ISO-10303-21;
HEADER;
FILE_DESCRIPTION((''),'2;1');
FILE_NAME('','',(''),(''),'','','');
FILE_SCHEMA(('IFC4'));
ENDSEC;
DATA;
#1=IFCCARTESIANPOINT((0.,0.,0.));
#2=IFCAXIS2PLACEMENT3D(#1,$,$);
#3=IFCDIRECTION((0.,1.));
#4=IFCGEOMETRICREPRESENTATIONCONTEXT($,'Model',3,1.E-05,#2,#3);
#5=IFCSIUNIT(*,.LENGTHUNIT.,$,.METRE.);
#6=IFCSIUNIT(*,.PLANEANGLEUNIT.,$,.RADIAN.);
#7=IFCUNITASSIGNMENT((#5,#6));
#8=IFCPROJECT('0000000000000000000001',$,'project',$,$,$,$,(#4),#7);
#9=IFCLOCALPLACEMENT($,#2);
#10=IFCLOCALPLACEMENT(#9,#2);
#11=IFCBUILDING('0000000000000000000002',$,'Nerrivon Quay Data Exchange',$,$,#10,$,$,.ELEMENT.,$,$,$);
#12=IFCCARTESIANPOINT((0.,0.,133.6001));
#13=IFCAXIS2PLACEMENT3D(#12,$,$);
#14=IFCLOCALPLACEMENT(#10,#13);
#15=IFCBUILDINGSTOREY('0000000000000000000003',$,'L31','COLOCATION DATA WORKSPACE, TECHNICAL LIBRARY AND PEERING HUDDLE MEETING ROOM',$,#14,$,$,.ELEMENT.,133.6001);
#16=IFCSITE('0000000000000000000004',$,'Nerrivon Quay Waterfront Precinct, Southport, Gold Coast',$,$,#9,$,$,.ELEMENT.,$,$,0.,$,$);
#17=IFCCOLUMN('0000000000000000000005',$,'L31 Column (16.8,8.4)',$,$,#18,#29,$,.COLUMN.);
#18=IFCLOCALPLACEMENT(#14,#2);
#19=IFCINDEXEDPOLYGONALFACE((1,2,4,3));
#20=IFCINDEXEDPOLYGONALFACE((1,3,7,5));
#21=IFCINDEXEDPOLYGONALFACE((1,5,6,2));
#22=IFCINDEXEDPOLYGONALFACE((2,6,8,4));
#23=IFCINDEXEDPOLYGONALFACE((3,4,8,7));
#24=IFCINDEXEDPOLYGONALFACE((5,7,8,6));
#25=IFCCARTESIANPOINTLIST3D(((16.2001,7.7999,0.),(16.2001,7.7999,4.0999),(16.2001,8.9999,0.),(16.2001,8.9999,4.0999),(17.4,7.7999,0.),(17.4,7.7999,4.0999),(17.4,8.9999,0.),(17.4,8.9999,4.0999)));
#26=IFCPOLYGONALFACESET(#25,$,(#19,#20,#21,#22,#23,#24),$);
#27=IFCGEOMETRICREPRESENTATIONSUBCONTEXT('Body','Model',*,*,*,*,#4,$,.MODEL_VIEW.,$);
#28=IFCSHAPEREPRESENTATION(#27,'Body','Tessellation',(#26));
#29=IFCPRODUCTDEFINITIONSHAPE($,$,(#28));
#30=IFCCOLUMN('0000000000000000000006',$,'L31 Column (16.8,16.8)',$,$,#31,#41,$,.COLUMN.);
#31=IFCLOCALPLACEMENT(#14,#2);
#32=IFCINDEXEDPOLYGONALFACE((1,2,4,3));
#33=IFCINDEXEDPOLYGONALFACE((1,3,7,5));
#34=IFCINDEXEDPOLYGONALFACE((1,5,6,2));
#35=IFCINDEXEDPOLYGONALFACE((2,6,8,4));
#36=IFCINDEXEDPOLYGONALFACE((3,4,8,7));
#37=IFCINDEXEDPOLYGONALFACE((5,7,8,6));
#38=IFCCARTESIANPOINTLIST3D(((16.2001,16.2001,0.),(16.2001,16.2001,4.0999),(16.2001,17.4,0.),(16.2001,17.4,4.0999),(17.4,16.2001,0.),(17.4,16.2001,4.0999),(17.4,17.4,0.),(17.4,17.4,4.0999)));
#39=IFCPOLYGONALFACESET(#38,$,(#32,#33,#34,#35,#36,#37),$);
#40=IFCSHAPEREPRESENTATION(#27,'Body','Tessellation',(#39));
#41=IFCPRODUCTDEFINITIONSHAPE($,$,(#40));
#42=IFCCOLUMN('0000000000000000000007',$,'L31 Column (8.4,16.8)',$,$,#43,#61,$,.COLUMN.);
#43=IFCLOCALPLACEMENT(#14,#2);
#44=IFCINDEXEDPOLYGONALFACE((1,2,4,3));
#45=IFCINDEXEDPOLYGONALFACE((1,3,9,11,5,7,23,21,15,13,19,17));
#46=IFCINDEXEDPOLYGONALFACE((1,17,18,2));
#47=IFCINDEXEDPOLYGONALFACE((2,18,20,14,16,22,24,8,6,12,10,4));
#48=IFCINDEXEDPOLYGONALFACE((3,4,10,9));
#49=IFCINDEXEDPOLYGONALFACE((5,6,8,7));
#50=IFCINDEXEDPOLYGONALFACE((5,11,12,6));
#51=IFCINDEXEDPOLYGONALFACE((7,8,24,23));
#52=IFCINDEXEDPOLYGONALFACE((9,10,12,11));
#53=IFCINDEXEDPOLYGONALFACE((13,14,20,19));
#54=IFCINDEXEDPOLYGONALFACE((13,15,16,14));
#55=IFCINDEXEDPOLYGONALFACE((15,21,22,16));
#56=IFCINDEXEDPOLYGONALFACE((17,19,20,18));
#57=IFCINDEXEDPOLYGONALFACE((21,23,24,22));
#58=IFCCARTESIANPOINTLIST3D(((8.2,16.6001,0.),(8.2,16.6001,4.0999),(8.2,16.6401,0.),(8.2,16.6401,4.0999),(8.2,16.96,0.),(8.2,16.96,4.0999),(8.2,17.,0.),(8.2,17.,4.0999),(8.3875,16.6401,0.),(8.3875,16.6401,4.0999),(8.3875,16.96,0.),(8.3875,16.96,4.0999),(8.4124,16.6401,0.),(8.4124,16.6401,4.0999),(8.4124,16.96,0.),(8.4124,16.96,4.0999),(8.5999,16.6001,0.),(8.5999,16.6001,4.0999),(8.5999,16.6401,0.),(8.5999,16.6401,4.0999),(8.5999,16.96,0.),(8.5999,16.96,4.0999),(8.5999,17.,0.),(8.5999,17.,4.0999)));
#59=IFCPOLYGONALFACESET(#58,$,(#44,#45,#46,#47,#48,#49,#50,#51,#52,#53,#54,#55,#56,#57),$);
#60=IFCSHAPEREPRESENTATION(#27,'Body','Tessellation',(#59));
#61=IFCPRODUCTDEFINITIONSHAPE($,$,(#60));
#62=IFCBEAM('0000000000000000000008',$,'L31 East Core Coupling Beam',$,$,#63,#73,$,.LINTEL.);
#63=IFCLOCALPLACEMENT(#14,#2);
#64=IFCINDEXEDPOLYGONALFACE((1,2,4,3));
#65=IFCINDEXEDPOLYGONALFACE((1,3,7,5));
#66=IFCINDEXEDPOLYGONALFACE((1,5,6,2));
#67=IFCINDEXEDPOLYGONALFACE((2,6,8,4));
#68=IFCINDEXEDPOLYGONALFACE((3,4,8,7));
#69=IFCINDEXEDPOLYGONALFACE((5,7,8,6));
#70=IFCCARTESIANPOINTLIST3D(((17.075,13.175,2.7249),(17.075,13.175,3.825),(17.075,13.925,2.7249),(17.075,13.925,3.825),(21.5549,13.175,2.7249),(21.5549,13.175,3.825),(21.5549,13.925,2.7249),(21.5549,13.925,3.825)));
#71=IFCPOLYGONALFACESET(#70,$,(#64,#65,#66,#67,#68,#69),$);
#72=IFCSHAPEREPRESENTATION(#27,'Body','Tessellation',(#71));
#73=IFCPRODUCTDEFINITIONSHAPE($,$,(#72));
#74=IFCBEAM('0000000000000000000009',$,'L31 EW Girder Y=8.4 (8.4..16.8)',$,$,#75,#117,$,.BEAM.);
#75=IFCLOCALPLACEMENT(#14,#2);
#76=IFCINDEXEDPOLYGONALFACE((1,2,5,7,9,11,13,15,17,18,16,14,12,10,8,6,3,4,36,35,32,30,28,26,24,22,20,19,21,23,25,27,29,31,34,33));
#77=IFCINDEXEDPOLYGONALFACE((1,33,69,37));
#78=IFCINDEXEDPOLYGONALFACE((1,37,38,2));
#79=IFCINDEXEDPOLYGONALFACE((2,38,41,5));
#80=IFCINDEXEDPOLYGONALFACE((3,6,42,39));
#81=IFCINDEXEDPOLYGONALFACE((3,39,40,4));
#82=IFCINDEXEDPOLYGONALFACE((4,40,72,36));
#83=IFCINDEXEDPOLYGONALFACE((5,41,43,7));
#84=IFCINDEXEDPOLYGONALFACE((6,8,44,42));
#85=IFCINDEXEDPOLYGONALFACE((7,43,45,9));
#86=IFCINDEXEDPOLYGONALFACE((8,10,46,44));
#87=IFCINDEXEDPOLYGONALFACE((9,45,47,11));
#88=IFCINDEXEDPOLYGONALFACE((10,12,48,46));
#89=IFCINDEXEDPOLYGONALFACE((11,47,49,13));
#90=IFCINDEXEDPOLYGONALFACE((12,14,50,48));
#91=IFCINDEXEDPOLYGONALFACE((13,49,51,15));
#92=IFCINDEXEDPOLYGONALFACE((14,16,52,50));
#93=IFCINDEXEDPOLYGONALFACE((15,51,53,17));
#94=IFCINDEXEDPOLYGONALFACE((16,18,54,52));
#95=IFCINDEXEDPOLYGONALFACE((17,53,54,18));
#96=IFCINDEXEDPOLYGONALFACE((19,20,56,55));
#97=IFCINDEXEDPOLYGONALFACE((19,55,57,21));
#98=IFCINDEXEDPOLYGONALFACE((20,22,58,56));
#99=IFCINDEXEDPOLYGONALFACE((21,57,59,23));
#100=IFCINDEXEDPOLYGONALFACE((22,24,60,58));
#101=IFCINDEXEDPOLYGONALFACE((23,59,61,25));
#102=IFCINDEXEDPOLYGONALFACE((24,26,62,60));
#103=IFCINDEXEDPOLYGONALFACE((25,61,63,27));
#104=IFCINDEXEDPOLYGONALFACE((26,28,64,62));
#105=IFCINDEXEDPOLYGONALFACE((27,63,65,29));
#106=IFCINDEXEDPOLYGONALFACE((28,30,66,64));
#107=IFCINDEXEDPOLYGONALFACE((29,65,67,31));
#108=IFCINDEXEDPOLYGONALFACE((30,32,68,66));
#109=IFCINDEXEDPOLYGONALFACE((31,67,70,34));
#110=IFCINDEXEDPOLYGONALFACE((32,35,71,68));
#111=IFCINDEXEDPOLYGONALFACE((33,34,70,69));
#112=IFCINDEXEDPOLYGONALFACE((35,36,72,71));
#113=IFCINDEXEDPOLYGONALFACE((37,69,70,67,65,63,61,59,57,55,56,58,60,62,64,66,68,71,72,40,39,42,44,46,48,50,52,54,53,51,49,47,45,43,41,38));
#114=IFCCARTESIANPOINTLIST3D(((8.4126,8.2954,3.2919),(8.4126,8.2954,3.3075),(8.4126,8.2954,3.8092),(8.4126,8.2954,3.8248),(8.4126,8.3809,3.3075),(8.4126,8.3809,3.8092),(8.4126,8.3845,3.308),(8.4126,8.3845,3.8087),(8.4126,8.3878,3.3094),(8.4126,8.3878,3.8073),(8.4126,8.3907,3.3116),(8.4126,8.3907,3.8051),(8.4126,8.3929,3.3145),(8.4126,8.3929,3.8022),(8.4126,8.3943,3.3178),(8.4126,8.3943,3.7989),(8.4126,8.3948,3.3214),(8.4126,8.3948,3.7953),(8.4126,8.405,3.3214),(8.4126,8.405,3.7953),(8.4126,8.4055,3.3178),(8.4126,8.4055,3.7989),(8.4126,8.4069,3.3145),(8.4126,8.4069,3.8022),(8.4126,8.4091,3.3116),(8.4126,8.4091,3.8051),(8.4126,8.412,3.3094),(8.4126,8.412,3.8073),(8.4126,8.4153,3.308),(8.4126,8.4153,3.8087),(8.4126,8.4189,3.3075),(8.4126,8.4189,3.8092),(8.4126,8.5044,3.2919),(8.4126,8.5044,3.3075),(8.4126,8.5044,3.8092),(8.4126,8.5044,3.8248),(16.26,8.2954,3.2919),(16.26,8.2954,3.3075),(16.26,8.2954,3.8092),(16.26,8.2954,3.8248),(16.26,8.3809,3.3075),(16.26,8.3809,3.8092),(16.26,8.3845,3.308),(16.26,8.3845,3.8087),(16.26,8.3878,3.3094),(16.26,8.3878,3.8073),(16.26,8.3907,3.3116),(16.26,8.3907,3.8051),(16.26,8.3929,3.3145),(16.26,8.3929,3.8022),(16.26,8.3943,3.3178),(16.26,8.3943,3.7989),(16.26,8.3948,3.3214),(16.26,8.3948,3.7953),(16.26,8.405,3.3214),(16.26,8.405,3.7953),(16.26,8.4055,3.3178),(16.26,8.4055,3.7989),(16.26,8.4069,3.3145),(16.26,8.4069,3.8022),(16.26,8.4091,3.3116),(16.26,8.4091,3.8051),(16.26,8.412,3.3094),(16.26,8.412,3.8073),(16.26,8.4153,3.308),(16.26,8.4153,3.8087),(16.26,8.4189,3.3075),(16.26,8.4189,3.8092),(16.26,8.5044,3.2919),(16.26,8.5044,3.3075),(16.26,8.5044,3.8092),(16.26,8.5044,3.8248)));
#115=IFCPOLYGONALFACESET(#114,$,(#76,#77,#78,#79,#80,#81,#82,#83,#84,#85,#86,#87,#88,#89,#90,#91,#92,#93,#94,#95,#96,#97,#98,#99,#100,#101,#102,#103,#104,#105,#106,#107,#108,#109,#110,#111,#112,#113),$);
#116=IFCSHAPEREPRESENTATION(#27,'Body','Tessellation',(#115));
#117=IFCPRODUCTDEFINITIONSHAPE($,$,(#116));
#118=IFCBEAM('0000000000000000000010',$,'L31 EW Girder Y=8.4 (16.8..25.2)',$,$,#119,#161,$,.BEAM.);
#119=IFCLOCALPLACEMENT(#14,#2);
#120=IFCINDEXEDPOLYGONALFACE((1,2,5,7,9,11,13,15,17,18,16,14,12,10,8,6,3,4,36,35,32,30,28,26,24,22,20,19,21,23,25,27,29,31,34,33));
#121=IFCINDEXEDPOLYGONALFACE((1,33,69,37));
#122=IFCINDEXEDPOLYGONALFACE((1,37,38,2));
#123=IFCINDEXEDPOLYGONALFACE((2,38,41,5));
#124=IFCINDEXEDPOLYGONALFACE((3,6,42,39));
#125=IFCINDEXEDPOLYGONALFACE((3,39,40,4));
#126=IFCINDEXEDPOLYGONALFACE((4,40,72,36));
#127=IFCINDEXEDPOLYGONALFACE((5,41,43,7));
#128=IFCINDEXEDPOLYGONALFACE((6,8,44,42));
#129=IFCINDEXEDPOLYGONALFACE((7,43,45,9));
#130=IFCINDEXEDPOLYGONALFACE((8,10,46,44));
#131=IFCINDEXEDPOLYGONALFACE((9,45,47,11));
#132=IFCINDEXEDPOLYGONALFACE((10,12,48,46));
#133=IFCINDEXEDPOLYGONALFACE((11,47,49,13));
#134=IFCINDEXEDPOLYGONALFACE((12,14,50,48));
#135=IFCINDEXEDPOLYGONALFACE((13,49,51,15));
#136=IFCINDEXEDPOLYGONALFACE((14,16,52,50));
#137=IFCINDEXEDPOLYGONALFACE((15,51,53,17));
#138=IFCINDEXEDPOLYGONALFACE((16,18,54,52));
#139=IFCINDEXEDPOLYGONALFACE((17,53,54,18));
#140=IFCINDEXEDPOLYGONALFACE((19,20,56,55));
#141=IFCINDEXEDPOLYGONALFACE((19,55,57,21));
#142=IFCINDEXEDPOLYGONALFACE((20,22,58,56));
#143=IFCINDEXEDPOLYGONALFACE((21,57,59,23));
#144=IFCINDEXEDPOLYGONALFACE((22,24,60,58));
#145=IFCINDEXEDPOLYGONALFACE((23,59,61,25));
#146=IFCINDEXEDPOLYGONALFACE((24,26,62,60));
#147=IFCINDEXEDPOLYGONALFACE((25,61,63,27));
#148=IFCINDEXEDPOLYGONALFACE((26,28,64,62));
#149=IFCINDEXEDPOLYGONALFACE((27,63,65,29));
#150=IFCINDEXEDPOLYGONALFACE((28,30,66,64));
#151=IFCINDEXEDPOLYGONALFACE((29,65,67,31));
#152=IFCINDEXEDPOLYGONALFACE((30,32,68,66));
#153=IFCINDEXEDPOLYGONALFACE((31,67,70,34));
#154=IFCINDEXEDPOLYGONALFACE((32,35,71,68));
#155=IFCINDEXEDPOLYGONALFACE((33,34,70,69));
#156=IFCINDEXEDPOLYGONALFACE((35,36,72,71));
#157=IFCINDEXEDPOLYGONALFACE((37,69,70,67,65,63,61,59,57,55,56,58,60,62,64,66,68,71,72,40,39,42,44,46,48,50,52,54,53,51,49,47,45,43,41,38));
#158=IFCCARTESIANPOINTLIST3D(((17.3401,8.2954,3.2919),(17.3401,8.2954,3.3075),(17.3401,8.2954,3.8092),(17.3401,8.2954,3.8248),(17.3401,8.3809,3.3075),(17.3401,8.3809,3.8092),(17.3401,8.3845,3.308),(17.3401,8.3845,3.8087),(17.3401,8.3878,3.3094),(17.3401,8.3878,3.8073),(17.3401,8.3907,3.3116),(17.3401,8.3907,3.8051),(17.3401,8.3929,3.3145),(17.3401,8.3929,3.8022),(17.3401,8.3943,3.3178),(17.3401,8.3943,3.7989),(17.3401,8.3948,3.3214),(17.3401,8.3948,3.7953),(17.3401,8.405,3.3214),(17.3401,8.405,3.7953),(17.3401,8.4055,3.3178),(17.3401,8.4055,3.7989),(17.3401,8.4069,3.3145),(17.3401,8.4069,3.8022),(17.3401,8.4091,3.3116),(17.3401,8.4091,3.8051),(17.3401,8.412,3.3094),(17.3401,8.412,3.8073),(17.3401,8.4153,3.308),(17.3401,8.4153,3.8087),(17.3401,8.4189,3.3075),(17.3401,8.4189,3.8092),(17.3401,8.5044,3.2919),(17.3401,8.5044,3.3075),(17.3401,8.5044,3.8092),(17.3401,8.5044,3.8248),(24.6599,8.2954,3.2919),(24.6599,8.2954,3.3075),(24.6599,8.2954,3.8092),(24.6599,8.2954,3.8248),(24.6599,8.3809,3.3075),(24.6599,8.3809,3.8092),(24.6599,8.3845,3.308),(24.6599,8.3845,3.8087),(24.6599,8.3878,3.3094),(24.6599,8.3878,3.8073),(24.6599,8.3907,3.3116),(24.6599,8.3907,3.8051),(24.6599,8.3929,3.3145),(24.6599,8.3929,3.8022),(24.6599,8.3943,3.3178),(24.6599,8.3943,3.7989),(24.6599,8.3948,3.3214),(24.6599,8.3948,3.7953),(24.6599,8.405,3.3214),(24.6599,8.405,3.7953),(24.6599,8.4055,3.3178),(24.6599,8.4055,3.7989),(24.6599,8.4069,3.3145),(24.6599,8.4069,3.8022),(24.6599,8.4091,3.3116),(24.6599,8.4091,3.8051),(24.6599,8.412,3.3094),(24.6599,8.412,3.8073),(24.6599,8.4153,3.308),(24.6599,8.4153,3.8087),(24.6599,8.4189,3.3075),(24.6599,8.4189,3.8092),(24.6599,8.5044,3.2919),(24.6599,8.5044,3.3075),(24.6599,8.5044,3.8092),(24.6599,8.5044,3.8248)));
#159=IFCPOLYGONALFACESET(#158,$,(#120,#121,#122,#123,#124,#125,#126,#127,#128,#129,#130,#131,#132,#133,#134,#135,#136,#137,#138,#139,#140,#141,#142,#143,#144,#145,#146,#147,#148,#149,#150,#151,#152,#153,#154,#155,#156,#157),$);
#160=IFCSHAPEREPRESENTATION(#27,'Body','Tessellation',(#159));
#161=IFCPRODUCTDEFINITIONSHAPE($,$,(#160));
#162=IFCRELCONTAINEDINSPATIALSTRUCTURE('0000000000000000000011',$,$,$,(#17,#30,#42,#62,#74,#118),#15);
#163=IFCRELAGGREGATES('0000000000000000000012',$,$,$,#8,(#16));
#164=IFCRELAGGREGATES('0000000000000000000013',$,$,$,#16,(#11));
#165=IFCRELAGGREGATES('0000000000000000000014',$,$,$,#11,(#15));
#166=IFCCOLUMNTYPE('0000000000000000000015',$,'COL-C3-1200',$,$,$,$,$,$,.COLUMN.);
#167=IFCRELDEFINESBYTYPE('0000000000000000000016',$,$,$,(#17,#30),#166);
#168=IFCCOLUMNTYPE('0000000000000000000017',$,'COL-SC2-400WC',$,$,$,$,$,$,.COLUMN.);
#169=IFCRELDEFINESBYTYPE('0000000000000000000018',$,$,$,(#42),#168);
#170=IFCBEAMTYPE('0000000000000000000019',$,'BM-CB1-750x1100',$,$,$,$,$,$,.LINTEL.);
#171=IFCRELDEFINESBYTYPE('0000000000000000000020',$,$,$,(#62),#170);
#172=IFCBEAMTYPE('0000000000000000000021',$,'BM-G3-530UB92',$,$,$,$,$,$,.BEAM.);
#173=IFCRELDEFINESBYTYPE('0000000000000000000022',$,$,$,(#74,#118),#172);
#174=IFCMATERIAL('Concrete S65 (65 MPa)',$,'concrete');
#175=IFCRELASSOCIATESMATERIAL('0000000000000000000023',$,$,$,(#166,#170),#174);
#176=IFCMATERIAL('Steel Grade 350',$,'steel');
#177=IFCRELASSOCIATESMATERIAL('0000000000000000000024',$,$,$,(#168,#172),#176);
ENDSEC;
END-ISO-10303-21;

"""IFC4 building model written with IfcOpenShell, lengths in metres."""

from ifc_helpers import new_model, si_unit, direction, frame, origin, origin_2d, place, context, subcontext, project, spatial, rectangle, i_section, extrude, material, material_profile, profile_set, type_object, element, save


model = new_model("IFC4")

# Units and contexts
model_context = context("Model", 3, precision=1e-05, world=origin(), true_north=direction((0.0, 1.0)))
body_context = subcontext(model_context, "Body", "Model", "MODEL_VIEW")
ifc_project = project(units=[si_unit("LENGTHUNIT", "METRE"), si_unit("PLANEANGLEUNIT", "RADIAN")], contexts=[model_context])

# Site, building, storey
site_placement = place(None, origin())
site = spatial("IfcSite", under=ifc_project, at=site_placement, Name="Nerrivon Quay Waterfront Precinct, Southport, Gold Coast", CompositionType="ELEMENT", RefElevation=0.0)
building_placement = place(site_placement, origin())
building = spatial("IfcBuilding", under=site, at=building_placement, Name="Nerrivon Quay Data Exchange", CompositionType="ELEMENT")
storey_placement = place(building_placement, frame((0.0, 0.0, 133.6001)))
storey = spatial("IfcBuildingStorey", under=building, at=storey_placement, Name="L31", Description="COLOCATION DATA WORKSPACE, TECHNICAL LIBRARY AND PEERING HUDDLE MEETING ROOM", CompositionType="ELEMENT", Elevation=133.6001)

# Columns
ifc_material_1 = material(Name="Concrete S65 (65 MPa)", Category="concrete")
ifc_material_profile_1 = material_profile(ifc_material_1, rectangle(XDim=1.2, YDim=1.2, at=origin_2d()), Name="RC-COL-1200x1200")
ifc_profile_set_1 = profile_set([ifc_material_profile_1], Name="Concrete S65 (65 MPa)")
column_type_1 = type_object("IfcColumnType", Name="COL-C3-1200", PredefinedType="COLUMN", material=ifc_profile_set_1)
for number, where, z_axis, x_axis, name in (
    (1, (16.8, 8.3999, 0.0), (0.0, 0.0, 1.0), (1.0, 0.0, 0.0), "L31 Column (16.8,8.4)"),
    (2, (16.8, 16.8, 0.0), (0.0, 0.0, 1.0), (1.0, 0.0, 0.0), "L31 Column (16.8,16.8)"),
):
    element("IfcColumn", number, at=place(storey_placement, frame(where, z_axis=z_axis, x_axis=x_axis)), inside=storey, type_object=column_type_1, Name=name, PredefinedType="COLUMN", context=body_context, shape_type="SweptSolid", body=[
        extrude(rectangle(XDim=1.2, YDim=1.2, at=origin_2d()), origin(), (0.0, 0.0, 1.0), 4.0999),
    ])
ifc_material_2 = material(Name="Steel Grade 350", Category="steel")
ifc_material_profile_2 = material_profile(ifc_material_2, i_section(OverallWidth=0.3999, OverallDepth=0.3999, WebThickness=0.0249, FlangeThickness=0.04, at=origin_2d()), Name="400WC328")
ifc_profile_set_2 = profile_set([ifc_material_profile_2], Name="Steel Grade 350")
column_type_2 = type_object("IfcColumnType", Name="COL-SC2-400WC", PredefinedType="COLUMN", material=ifc_profile_set_2)
column_placement = place(storey_placement, frame((8.3999, 16.8, 0.0), z_axis=(0.0, 0.0, 1.0), x_axis=(1.0, 0.0, 0.0)))
element("IfcColumn", 3, at=column_placement, inside=storey, type_object=column_type_2, Name="L31 Column (8.4,16.8)", PredefinedType="COLUMN", context=body_context, shape_type="SweptSolid", body=[
    extrude(i_section(OverallWidth=0.3999, OverallDepth=0.3999, WebThickness=0.0249, FlangeThickness=0.04, at=origin_2d()), origin(), (0.0, 0.0, 1.0), 4.0999),
])

# Beams
ifc_material_profile_3 = material_profile(ifc_material_1, rectangle(XDim=0.75, YDim=1.1001, at=origin_2d()), Name="RC-CB-750x1100")
ifc_profile_set_3 = profile_set([ifc_material_profile_3], Name="Concrete S65 (65 MPa)")
beam_type_1 = type_object("IfcBeamType", Name="BM-CB1-750x1100", PredefinedType="LINTEL", material=ifc_profile_set_3)
beam_1_placement = place(storey_placement, frame((17.075, 13.55, 3.2749), z_axis=(1.0, 0.0, 0.0), x_axis=(0.0, 1.0, 0.0)))
element("IfcBeam", 4, at=beam_1_placement, inside=storey, type_object=beam_type_1, Name="L31 East Core Coupling Beam", PredefinedType="LINTEL", context=body_context, shape_type="SweptSolid", body=[
    extrude(rectangle(XDim=0.75, YDim=1.1001, at=origin_2d()), origin(), (0.0, 0.0, 1.0), 4.48),
])
ifc_material_profile_4 = material_profile(ifc_material_2, i_section(OverallWidth=0.209, OverallDepth=0.533, WebThickness=0.0103, FlangeThickness=0.0156, FilletRadius=0.0139, at=origin_2d()), Name="530UB92.4")
ifc_profile_set_4 = profile_set([ifc_material_profile_4], Name="Steel Grade 350")
beam_type_2 = type_object("IfcBeamType", Name="BM-G3-530UB92", PredefinedType="BEAM", material=ifc_profile_set_4)
beam_2_placement = place(storey_placement, frame((8.4126, 8.3999, 3.5583), z_axis=(1.0, 0.0, 0.0), x_axis=(0.0, 1.0, 0.0)))
element("IfcBeam", 5, at=beam_2_placement, inside=storey, type_object=beam_type_2, Name="L31 EW Girder Y=8.4 (8.4..16.8)", PredefinedType="BEAM", context=body_context, shape_type="SweptSolid", body=[
    extrude(i_section(OverallWidth=0.209, OverallDepth=0.533, WebThickness=0.0103, FlangeThickness=0.0156, FilletRadius=0.0139, at=origin_2d()), origin(), (0.0, 0.0, 1.0), 7.8474),
])
beam_3_placement = place(storey_placement, frame((17.3401, 8.3999, 3.5583), z_axis=(1.0, 0.0, 0.0), x_axis=(0.0, 1.0, 0.0)))
element("IfcBeam", 6, at=beam_3_placement, inside=storey, type_object=beam_type_2, Name="L31 EW Girder Y=8.4 (16.8..25.2)", PredefinedType="BEAM", context=body_context, shape_type="SweptSolid", body=[
    extrude(i_section(OverallWidth=0.209, OverallDepth=0.533, WebThickness=0.0103, FlangeThickness=0.0156, FilletRadius=0.0139, at=origin_2d()), origin(), (0.0, 0.0, 1.0), 7.3198),
])

save(model, "model.ifc")
